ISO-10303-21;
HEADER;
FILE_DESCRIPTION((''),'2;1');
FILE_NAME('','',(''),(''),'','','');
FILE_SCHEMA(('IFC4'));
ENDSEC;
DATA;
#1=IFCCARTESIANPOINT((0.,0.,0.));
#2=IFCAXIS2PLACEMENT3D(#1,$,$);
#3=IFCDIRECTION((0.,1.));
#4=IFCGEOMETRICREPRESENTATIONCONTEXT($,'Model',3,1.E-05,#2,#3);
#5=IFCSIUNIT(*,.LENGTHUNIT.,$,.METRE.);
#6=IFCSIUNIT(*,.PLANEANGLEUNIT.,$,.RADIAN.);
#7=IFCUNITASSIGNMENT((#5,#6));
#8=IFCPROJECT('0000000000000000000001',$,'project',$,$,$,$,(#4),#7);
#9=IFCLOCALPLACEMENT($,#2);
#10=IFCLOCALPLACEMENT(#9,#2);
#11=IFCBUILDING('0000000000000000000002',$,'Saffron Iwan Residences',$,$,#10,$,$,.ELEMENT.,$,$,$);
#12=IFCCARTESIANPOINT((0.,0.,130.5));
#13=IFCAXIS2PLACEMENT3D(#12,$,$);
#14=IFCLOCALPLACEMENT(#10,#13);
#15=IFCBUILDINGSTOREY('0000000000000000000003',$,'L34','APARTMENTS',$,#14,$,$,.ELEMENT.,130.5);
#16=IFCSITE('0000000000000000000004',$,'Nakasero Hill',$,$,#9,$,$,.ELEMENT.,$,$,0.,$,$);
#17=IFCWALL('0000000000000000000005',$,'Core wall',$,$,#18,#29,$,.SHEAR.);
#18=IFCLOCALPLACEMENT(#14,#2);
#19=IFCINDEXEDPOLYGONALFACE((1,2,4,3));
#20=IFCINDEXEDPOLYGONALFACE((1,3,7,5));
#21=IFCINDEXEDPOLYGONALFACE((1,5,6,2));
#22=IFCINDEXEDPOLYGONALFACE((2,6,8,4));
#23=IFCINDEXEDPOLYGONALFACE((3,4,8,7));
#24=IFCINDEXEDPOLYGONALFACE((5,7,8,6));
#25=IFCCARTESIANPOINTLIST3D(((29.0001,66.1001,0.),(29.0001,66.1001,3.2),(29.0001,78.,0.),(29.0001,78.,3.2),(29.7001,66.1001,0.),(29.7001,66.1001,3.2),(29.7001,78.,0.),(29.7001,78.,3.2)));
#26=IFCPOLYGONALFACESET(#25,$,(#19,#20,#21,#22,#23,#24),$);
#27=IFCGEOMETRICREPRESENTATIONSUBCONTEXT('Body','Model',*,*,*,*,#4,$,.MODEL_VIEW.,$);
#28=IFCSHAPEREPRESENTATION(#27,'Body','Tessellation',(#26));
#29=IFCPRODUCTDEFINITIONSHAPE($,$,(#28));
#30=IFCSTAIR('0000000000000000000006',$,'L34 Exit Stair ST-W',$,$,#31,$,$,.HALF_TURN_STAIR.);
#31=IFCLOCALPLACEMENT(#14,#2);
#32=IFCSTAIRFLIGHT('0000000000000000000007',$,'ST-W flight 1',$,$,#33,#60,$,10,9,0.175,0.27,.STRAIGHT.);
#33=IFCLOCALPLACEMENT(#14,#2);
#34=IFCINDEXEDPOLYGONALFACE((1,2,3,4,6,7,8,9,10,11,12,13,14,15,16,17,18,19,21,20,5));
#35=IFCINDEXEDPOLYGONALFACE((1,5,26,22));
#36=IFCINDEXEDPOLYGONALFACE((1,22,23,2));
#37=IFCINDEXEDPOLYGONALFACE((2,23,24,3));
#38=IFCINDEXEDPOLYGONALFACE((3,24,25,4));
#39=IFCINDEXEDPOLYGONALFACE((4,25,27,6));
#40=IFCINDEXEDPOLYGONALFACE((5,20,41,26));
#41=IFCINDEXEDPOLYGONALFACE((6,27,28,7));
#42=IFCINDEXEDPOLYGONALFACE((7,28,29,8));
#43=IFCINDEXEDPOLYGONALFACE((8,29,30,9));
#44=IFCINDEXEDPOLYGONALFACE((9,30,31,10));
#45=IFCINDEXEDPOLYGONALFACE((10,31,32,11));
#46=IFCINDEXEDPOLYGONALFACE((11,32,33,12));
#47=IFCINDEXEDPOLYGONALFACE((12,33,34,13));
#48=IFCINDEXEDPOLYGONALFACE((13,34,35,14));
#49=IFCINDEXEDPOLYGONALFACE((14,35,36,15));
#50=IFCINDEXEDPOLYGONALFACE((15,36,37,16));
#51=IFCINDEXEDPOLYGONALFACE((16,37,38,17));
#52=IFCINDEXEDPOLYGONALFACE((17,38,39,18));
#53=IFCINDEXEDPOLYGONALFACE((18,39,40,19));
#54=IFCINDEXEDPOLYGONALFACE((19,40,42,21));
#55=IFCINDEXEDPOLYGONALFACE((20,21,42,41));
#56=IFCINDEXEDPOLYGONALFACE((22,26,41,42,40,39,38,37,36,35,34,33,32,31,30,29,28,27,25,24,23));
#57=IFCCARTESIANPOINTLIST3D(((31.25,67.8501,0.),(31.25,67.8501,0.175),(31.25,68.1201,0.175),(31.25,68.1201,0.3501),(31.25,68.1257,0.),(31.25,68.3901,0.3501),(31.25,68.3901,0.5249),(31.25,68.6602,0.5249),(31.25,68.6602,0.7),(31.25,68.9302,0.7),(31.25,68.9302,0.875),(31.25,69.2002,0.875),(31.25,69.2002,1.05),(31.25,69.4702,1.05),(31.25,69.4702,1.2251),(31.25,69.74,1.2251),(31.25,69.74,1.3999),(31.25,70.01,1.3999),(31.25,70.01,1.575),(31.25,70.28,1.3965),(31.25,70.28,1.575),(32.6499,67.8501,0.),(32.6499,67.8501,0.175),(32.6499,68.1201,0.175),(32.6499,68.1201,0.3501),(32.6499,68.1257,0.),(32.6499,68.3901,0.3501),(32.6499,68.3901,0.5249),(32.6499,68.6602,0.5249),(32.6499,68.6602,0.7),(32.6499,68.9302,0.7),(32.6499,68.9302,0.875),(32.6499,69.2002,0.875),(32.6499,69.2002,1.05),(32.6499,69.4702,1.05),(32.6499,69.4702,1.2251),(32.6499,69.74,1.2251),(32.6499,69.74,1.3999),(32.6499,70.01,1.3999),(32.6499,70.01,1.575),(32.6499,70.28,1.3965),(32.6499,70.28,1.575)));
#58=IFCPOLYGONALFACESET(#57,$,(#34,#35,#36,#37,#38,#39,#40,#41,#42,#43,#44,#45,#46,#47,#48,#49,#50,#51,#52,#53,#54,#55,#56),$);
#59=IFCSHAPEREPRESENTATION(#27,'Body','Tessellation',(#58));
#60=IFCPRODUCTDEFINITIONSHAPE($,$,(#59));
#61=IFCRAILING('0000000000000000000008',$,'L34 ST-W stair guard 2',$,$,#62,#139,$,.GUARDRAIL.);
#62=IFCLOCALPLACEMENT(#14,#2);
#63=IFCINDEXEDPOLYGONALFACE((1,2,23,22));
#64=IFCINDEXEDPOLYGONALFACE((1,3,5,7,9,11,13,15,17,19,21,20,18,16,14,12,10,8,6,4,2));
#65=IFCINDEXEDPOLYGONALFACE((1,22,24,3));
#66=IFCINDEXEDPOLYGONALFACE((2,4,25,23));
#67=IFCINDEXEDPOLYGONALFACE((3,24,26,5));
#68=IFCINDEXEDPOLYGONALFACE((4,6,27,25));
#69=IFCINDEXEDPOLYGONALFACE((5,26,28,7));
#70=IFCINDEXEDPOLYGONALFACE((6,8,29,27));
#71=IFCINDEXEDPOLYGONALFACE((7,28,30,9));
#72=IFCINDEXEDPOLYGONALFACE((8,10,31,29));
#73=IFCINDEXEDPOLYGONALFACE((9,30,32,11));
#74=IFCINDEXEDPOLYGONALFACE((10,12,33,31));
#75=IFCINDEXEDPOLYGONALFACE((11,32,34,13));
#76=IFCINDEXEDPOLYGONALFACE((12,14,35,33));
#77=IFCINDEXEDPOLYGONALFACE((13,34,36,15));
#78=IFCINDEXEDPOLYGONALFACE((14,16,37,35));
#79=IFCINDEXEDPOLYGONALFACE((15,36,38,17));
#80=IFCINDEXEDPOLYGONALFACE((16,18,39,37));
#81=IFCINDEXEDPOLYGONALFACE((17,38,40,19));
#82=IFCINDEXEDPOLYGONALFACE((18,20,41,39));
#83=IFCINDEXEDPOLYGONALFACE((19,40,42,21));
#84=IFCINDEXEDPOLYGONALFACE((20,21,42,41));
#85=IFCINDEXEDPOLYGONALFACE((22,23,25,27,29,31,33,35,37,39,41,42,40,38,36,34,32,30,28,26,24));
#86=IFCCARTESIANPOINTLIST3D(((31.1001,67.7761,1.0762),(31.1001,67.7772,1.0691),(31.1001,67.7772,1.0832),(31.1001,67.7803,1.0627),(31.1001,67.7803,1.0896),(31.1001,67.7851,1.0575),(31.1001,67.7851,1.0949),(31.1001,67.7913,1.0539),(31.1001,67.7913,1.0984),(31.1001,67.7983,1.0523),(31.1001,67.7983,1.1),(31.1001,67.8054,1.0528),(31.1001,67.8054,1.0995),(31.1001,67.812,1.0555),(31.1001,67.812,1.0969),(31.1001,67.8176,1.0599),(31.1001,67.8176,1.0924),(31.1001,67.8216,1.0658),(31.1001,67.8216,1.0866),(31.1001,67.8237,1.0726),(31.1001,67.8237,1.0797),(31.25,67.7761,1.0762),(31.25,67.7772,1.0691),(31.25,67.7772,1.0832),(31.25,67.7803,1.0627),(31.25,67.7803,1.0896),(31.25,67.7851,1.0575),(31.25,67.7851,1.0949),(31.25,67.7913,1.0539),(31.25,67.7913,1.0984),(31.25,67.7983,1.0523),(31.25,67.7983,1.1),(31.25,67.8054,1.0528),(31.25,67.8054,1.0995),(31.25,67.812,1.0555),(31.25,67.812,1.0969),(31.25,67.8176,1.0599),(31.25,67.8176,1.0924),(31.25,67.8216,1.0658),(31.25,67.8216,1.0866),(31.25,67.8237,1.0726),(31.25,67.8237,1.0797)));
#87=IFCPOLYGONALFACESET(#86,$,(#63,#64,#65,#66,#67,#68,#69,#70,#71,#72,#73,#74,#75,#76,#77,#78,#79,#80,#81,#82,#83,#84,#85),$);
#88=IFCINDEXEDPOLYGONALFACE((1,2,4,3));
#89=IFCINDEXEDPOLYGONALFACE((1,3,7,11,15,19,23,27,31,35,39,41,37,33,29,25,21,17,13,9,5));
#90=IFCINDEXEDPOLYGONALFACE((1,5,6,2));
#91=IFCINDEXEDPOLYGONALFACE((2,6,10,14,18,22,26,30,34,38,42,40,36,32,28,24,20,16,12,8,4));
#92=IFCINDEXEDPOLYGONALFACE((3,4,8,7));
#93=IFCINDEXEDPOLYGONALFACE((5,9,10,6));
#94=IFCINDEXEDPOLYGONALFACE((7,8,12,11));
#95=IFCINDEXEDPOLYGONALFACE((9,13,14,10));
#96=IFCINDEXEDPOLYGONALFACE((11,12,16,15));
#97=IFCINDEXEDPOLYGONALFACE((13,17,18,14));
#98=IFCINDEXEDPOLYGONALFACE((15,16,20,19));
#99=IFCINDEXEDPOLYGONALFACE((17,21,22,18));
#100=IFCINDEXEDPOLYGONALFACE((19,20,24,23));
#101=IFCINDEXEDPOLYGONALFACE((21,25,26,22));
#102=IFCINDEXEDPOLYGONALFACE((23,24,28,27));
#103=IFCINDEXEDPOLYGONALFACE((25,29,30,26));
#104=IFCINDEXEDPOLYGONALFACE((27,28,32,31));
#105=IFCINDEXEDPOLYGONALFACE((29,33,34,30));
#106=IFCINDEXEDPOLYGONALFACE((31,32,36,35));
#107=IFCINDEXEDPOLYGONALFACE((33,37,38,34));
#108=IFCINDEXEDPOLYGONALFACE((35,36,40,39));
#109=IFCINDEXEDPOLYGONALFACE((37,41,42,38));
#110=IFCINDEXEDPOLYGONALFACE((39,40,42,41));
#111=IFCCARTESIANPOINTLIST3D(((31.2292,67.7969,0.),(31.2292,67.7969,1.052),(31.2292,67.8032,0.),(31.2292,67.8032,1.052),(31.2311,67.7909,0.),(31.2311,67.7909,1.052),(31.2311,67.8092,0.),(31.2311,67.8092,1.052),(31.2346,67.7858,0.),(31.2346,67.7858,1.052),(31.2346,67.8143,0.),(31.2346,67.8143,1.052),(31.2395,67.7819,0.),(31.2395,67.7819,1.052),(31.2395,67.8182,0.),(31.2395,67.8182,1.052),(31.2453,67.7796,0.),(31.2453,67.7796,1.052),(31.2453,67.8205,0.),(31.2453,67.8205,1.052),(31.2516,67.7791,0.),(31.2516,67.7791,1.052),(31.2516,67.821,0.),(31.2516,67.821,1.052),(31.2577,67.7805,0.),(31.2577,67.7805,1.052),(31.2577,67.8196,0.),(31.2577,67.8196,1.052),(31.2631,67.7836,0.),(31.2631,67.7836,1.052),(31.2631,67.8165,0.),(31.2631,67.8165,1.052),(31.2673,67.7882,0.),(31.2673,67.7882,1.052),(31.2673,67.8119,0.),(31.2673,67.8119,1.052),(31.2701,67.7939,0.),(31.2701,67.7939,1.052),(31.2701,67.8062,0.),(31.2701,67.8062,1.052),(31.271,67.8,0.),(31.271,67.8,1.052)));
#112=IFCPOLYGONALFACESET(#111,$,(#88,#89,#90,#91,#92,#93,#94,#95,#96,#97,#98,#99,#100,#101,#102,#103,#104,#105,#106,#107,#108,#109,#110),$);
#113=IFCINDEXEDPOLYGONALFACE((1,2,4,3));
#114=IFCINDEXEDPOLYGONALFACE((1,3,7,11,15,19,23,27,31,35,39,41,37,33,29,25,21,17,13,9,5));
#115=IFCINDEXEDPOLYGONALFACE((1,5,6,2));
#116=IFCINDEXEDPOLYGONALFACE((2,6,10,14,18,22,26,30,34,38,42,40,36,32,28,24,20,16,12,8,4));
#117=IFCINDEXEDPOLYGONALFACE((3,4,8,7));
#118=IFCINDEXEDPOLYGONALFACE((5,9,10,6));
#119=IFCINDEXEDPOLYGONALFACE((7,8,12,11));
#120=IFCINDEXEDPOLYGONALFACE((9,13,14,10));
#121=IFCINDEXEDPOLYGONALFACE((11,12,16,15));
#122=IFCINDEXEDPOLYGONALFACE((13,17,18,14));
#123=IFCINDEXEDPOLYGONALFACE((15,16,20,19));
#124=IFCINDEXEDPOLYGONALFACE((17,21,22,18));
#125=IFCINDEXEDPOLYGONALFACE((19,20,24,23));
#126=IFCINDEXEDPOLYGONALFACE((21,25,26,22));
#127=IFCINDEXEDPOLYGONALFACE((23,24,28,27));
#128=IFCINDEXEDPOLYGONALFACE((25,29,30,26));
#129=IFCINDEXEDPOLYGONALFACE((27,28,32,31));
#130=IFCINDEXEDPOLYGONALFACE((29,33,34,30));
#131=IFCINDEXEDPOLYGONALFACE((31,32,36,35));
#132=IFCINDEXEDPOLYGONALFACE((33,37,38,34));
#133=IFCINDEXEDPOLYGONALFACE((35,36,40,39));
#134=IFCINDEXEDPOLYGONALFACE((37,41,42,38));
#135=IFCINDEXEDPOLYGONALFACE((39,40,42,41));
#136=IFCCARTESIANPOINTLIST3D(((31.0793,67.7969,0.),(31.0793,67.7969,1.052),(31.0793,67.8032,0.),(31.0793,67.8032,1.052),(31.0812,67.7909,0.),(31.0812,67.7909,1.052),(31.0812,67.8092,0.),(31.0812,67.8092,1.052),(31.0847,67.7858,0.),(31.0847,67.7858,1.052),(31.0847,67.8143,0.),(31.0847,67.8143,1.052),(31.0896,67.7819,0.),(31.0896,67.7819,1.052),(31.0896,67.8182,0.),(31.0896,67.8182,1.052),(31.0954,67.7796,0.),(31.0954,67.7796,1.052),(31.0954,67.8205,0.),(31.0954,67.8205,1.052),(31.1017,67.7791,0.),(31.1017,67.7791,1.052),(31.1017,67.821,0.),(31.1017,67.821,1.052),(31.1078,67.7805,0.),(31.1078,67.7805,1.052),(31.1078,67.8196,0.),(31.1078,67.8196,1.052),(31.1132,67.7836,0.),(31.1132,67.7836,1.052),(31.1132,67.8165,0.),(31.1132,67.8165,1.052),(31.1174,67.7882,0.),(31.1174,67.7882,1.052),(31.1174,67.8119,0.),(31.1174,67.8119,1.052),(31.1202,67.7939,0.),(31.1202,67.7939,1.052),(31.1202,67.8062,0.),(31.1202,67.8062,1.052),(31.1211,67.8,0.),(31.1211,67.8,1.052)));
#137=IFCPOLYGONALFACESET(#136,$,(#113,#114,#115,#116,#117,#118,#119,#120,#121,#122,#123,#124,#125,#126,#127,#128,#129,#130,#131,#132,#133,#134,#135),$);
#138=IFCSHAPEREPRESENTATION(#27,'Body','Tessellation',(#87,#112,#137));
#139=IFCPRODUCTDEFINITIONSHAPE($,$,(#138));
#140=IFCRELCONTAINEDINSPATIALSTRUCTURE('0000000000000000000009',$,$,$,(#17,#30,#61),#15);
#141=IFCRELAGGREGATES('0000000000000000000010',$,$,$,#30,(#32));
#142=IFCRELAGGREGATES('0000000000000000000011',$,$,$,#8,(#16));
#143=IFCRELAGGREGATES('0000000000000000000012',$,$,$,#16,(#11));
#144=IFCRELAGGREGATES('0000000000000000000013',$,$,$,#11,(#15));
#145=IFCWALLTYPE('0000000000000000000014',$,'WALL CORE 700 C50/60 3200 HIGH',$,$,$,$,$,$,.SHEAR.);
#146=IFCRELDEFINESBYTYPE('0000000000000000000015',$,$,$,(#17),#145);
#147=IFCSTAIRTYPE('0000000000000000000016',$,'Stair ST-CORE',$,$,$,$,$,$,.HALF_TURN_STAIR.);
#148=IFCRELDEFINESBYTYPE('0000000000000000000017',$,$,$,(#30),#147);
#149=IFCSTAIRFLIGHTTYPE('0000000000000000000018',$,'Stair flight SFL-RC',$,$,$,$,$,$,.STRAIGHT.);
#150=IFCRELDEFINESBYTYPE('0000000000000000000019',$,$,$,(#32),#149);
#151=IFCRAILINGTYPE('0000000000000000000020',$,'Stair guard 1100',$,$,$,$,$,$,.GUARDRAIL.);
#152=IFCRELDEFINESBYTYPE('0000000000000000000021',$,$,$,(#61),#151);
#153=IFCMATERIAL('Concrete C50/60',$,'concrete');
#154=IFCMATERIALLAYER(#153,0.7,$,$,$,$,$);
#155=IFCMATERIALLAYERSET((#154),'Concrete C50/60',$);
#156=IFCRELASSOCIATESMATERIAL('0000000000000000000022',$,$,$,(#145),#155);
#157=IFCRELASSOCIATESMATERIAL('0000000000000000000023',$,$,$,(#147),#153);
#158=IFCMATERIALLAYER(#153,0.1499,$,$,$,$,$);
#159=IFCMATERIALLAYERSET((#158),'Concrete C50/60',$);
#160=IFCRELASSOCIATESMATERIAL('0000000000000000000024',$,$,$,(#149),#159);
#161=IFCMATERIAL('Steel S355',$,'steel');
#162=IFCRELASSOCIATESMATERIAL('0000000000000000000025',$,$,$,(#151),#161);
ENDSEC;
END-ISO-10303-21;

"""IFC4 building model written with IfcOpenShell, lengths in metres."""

from ifc_helpers import new_model, si_unit, direction, frame, frame_2d, origin, origin_2d, place, context, subcontext, project, spatial, polyline, rectangle, circle, outline, extrude, material, layer, layer_set, type_object, element, aggregate, save


model = new_model("IFC4")

# Units and contexts
model_context = context("Model", 3, precision=1e-05, world=origin(), true_north=direction((0.0, 1.0)))
body_context = subcontext(model_context, "Body", "Model", "MODEL_VIEW")
ifc_project = project(units=[si_unit("LENGTHUNIT", "METRE"), si_unit("PLANEANGLEUNIT", "RADIAN")], contexts=[model_context])

# Site, building, storey
site_placement = place(None, origin())
site = spatial("IfcSite", under=ifc_project, at=site_placement, Name="Nakasero Hill", CompositionType="ELEMENT", RefElevation=0.0)
building_placement = place(site_placement, origin())
building = spatial("IfcBuilding", under=site, at=building_placement, Name="Saffron Iwan Residences", CompositionType="ELEMENT")
storey_placement = place(building_placement, frame((0.0, 0.0, 130.5)))
storey = spatial("IfcBuildingStorey", under=building, at=storey_placement, Name="L34", Description="APARTMENTS", CompositionType="ELEMENT", Elevation=130.5)

# Shared definitions
ifc_material_1 = material(Name="Concrete C50/60", Category="concrete")

# Wall
ifc_layer_1 = layer(ifc_material_1, 0.7)
ifc_layer_set_1 = layer_set([ifc_layer_1], Name="Concrete C50/60")
wall_type_1 = type_object("IfcWallType", Name="WALL CORE 700 C50/60 3200 HIGH", PredefinedType="SHEAR", material=ifc_layer_set_1)
wall_1_placement = place(storey_placement, frame((29.3501, 66.1001, 0.0), z_axis=(0.0, 0.0, 1.0), x_axis=(0.0, 1.0, 0.0)))
element("IfcWall", 1, at=wall_1_placement, inside=storey, type_object=wall_type_1, Name="Core wall", PredefinedType="SHEAR", context=body_context, shape_type="SweptSolid", body=[
    extrude(rectangle(XDim=11.8999, YDim=0.7, at=frame_2d((5.95, 0.0))), origin(), (0.0, 0.0, 1.0), 3.2),
])

# Stair, stair flight
stair_type = type_object("IfcStairType", Name="Stair ST-CORE", PredefinedType="HALF_TURN_STAIR", material=ifc_material_1)
stair_placement = place(storey_placement, origin())
stair = element("IfcStair", 2, at=stair_placement, inside=storey, type_object=stair_type, Name="L34 Exit Stair ST-W", PredefinedType="HALF_TURN_STAIR")
ifc_layer_2 = layer(ifc_material_1, 0.1499)
ifc_layer_set_2 = layer_set([ifc_layer_2], Name="Concrete C50/60")
stair_flight_type = type_object("IfcStairFlightType", Name="Stair flight SFL-RC", PredefinedType="STRAIGHT", material=ifc_layer_set_2)
stair_flight_placement = place(storey_placement, frame((31.95, 67.8501, 0.0), z_axis=(0.0, 0.0, 1.0), x_axis=(0.0, 1.0, 0.0)))
stair_flight = element("IfcStairFlight", 3, at=stair_flight_placement, type_object=stair_flight_type, Name="ST-W flight 1", NumberOfRisers=10, NumberOfTreads=9, PredefinedType="STRAIGHT", RiserHeight=0.175, TreadLength=0.27, context=body_context, shape_type="SweptSolid", body=[
    extrude(outline(polyline([(0.0, 0.0), (0.0, 0.175), (0.27, 0.175), (0.27, 0.3501), (0.54, 0.3501), (0.54, 0.5249), (0.8101, 0.5249), (0.8101, 0.7), (1.0801, 0.7), (1.0801, 0.875), (1.3501, 0.875), (1.3501, 1.05), (1.6201, 1.05), (1.6201, 1.2251), (1.8899, 1.2251), (1.8899, 1.3999), (2.1599, 1.3999), (2.1599, 1.575), (2.4299, 1.575), (2.4299, 1.75), (2.4299, 1.3965), (0.2756, 0.0), (0.0, 0.0)])), frame((0.0, 0.7, 0.0), z_axis=(0.0, -1.0, 0.0), x_axis=(1.0, 0.0, 0.0)), (0.0, 0.0, 1.0), 1.3999),
])
aggregate(stair, [stair_flight])

# Railing
ifc_material_2 = material(Name="Steel S355", Category="steel")
railing_type_1 = type_object("IfcRailingType", Name="Stair guard 1100", PredefinedType="GUARDRAIL", material=ifc_material_2)
railing_1_placement = place(storey_placement, frame((31.25, 67.8, 0.0)))
element("IfcRailing", 4, at=railing_1_placement, inside=storey, type_object=railing_type_1, Name="L34 ST-W stair guard 2", PredefinedType="GUARDRAIL", context=body_context, shape_type="SweptSolid", body=[
    extrude(circle(Radius=0.0239, at=origin_2d()), frame((0.0, 0.0, 1.0762), z_axis=(-1.0, 0.0, 0.0), x_axis=(0.0, -1.0, 0.0)), (0.0, 0.0, 1.0), 0.1499),
    extrude(circle(Radius=0.021, at=origin_2d()), origin(), (0.0, 0.0, 1.0), 1.052),
    extrude(circle(Radius=0.021, at=origin_2d()), frame((-0.1499, 0.0, 0.0)), (0.0, 0.0, 1.0), 1.052),
])

save(model, "model.ifc")
